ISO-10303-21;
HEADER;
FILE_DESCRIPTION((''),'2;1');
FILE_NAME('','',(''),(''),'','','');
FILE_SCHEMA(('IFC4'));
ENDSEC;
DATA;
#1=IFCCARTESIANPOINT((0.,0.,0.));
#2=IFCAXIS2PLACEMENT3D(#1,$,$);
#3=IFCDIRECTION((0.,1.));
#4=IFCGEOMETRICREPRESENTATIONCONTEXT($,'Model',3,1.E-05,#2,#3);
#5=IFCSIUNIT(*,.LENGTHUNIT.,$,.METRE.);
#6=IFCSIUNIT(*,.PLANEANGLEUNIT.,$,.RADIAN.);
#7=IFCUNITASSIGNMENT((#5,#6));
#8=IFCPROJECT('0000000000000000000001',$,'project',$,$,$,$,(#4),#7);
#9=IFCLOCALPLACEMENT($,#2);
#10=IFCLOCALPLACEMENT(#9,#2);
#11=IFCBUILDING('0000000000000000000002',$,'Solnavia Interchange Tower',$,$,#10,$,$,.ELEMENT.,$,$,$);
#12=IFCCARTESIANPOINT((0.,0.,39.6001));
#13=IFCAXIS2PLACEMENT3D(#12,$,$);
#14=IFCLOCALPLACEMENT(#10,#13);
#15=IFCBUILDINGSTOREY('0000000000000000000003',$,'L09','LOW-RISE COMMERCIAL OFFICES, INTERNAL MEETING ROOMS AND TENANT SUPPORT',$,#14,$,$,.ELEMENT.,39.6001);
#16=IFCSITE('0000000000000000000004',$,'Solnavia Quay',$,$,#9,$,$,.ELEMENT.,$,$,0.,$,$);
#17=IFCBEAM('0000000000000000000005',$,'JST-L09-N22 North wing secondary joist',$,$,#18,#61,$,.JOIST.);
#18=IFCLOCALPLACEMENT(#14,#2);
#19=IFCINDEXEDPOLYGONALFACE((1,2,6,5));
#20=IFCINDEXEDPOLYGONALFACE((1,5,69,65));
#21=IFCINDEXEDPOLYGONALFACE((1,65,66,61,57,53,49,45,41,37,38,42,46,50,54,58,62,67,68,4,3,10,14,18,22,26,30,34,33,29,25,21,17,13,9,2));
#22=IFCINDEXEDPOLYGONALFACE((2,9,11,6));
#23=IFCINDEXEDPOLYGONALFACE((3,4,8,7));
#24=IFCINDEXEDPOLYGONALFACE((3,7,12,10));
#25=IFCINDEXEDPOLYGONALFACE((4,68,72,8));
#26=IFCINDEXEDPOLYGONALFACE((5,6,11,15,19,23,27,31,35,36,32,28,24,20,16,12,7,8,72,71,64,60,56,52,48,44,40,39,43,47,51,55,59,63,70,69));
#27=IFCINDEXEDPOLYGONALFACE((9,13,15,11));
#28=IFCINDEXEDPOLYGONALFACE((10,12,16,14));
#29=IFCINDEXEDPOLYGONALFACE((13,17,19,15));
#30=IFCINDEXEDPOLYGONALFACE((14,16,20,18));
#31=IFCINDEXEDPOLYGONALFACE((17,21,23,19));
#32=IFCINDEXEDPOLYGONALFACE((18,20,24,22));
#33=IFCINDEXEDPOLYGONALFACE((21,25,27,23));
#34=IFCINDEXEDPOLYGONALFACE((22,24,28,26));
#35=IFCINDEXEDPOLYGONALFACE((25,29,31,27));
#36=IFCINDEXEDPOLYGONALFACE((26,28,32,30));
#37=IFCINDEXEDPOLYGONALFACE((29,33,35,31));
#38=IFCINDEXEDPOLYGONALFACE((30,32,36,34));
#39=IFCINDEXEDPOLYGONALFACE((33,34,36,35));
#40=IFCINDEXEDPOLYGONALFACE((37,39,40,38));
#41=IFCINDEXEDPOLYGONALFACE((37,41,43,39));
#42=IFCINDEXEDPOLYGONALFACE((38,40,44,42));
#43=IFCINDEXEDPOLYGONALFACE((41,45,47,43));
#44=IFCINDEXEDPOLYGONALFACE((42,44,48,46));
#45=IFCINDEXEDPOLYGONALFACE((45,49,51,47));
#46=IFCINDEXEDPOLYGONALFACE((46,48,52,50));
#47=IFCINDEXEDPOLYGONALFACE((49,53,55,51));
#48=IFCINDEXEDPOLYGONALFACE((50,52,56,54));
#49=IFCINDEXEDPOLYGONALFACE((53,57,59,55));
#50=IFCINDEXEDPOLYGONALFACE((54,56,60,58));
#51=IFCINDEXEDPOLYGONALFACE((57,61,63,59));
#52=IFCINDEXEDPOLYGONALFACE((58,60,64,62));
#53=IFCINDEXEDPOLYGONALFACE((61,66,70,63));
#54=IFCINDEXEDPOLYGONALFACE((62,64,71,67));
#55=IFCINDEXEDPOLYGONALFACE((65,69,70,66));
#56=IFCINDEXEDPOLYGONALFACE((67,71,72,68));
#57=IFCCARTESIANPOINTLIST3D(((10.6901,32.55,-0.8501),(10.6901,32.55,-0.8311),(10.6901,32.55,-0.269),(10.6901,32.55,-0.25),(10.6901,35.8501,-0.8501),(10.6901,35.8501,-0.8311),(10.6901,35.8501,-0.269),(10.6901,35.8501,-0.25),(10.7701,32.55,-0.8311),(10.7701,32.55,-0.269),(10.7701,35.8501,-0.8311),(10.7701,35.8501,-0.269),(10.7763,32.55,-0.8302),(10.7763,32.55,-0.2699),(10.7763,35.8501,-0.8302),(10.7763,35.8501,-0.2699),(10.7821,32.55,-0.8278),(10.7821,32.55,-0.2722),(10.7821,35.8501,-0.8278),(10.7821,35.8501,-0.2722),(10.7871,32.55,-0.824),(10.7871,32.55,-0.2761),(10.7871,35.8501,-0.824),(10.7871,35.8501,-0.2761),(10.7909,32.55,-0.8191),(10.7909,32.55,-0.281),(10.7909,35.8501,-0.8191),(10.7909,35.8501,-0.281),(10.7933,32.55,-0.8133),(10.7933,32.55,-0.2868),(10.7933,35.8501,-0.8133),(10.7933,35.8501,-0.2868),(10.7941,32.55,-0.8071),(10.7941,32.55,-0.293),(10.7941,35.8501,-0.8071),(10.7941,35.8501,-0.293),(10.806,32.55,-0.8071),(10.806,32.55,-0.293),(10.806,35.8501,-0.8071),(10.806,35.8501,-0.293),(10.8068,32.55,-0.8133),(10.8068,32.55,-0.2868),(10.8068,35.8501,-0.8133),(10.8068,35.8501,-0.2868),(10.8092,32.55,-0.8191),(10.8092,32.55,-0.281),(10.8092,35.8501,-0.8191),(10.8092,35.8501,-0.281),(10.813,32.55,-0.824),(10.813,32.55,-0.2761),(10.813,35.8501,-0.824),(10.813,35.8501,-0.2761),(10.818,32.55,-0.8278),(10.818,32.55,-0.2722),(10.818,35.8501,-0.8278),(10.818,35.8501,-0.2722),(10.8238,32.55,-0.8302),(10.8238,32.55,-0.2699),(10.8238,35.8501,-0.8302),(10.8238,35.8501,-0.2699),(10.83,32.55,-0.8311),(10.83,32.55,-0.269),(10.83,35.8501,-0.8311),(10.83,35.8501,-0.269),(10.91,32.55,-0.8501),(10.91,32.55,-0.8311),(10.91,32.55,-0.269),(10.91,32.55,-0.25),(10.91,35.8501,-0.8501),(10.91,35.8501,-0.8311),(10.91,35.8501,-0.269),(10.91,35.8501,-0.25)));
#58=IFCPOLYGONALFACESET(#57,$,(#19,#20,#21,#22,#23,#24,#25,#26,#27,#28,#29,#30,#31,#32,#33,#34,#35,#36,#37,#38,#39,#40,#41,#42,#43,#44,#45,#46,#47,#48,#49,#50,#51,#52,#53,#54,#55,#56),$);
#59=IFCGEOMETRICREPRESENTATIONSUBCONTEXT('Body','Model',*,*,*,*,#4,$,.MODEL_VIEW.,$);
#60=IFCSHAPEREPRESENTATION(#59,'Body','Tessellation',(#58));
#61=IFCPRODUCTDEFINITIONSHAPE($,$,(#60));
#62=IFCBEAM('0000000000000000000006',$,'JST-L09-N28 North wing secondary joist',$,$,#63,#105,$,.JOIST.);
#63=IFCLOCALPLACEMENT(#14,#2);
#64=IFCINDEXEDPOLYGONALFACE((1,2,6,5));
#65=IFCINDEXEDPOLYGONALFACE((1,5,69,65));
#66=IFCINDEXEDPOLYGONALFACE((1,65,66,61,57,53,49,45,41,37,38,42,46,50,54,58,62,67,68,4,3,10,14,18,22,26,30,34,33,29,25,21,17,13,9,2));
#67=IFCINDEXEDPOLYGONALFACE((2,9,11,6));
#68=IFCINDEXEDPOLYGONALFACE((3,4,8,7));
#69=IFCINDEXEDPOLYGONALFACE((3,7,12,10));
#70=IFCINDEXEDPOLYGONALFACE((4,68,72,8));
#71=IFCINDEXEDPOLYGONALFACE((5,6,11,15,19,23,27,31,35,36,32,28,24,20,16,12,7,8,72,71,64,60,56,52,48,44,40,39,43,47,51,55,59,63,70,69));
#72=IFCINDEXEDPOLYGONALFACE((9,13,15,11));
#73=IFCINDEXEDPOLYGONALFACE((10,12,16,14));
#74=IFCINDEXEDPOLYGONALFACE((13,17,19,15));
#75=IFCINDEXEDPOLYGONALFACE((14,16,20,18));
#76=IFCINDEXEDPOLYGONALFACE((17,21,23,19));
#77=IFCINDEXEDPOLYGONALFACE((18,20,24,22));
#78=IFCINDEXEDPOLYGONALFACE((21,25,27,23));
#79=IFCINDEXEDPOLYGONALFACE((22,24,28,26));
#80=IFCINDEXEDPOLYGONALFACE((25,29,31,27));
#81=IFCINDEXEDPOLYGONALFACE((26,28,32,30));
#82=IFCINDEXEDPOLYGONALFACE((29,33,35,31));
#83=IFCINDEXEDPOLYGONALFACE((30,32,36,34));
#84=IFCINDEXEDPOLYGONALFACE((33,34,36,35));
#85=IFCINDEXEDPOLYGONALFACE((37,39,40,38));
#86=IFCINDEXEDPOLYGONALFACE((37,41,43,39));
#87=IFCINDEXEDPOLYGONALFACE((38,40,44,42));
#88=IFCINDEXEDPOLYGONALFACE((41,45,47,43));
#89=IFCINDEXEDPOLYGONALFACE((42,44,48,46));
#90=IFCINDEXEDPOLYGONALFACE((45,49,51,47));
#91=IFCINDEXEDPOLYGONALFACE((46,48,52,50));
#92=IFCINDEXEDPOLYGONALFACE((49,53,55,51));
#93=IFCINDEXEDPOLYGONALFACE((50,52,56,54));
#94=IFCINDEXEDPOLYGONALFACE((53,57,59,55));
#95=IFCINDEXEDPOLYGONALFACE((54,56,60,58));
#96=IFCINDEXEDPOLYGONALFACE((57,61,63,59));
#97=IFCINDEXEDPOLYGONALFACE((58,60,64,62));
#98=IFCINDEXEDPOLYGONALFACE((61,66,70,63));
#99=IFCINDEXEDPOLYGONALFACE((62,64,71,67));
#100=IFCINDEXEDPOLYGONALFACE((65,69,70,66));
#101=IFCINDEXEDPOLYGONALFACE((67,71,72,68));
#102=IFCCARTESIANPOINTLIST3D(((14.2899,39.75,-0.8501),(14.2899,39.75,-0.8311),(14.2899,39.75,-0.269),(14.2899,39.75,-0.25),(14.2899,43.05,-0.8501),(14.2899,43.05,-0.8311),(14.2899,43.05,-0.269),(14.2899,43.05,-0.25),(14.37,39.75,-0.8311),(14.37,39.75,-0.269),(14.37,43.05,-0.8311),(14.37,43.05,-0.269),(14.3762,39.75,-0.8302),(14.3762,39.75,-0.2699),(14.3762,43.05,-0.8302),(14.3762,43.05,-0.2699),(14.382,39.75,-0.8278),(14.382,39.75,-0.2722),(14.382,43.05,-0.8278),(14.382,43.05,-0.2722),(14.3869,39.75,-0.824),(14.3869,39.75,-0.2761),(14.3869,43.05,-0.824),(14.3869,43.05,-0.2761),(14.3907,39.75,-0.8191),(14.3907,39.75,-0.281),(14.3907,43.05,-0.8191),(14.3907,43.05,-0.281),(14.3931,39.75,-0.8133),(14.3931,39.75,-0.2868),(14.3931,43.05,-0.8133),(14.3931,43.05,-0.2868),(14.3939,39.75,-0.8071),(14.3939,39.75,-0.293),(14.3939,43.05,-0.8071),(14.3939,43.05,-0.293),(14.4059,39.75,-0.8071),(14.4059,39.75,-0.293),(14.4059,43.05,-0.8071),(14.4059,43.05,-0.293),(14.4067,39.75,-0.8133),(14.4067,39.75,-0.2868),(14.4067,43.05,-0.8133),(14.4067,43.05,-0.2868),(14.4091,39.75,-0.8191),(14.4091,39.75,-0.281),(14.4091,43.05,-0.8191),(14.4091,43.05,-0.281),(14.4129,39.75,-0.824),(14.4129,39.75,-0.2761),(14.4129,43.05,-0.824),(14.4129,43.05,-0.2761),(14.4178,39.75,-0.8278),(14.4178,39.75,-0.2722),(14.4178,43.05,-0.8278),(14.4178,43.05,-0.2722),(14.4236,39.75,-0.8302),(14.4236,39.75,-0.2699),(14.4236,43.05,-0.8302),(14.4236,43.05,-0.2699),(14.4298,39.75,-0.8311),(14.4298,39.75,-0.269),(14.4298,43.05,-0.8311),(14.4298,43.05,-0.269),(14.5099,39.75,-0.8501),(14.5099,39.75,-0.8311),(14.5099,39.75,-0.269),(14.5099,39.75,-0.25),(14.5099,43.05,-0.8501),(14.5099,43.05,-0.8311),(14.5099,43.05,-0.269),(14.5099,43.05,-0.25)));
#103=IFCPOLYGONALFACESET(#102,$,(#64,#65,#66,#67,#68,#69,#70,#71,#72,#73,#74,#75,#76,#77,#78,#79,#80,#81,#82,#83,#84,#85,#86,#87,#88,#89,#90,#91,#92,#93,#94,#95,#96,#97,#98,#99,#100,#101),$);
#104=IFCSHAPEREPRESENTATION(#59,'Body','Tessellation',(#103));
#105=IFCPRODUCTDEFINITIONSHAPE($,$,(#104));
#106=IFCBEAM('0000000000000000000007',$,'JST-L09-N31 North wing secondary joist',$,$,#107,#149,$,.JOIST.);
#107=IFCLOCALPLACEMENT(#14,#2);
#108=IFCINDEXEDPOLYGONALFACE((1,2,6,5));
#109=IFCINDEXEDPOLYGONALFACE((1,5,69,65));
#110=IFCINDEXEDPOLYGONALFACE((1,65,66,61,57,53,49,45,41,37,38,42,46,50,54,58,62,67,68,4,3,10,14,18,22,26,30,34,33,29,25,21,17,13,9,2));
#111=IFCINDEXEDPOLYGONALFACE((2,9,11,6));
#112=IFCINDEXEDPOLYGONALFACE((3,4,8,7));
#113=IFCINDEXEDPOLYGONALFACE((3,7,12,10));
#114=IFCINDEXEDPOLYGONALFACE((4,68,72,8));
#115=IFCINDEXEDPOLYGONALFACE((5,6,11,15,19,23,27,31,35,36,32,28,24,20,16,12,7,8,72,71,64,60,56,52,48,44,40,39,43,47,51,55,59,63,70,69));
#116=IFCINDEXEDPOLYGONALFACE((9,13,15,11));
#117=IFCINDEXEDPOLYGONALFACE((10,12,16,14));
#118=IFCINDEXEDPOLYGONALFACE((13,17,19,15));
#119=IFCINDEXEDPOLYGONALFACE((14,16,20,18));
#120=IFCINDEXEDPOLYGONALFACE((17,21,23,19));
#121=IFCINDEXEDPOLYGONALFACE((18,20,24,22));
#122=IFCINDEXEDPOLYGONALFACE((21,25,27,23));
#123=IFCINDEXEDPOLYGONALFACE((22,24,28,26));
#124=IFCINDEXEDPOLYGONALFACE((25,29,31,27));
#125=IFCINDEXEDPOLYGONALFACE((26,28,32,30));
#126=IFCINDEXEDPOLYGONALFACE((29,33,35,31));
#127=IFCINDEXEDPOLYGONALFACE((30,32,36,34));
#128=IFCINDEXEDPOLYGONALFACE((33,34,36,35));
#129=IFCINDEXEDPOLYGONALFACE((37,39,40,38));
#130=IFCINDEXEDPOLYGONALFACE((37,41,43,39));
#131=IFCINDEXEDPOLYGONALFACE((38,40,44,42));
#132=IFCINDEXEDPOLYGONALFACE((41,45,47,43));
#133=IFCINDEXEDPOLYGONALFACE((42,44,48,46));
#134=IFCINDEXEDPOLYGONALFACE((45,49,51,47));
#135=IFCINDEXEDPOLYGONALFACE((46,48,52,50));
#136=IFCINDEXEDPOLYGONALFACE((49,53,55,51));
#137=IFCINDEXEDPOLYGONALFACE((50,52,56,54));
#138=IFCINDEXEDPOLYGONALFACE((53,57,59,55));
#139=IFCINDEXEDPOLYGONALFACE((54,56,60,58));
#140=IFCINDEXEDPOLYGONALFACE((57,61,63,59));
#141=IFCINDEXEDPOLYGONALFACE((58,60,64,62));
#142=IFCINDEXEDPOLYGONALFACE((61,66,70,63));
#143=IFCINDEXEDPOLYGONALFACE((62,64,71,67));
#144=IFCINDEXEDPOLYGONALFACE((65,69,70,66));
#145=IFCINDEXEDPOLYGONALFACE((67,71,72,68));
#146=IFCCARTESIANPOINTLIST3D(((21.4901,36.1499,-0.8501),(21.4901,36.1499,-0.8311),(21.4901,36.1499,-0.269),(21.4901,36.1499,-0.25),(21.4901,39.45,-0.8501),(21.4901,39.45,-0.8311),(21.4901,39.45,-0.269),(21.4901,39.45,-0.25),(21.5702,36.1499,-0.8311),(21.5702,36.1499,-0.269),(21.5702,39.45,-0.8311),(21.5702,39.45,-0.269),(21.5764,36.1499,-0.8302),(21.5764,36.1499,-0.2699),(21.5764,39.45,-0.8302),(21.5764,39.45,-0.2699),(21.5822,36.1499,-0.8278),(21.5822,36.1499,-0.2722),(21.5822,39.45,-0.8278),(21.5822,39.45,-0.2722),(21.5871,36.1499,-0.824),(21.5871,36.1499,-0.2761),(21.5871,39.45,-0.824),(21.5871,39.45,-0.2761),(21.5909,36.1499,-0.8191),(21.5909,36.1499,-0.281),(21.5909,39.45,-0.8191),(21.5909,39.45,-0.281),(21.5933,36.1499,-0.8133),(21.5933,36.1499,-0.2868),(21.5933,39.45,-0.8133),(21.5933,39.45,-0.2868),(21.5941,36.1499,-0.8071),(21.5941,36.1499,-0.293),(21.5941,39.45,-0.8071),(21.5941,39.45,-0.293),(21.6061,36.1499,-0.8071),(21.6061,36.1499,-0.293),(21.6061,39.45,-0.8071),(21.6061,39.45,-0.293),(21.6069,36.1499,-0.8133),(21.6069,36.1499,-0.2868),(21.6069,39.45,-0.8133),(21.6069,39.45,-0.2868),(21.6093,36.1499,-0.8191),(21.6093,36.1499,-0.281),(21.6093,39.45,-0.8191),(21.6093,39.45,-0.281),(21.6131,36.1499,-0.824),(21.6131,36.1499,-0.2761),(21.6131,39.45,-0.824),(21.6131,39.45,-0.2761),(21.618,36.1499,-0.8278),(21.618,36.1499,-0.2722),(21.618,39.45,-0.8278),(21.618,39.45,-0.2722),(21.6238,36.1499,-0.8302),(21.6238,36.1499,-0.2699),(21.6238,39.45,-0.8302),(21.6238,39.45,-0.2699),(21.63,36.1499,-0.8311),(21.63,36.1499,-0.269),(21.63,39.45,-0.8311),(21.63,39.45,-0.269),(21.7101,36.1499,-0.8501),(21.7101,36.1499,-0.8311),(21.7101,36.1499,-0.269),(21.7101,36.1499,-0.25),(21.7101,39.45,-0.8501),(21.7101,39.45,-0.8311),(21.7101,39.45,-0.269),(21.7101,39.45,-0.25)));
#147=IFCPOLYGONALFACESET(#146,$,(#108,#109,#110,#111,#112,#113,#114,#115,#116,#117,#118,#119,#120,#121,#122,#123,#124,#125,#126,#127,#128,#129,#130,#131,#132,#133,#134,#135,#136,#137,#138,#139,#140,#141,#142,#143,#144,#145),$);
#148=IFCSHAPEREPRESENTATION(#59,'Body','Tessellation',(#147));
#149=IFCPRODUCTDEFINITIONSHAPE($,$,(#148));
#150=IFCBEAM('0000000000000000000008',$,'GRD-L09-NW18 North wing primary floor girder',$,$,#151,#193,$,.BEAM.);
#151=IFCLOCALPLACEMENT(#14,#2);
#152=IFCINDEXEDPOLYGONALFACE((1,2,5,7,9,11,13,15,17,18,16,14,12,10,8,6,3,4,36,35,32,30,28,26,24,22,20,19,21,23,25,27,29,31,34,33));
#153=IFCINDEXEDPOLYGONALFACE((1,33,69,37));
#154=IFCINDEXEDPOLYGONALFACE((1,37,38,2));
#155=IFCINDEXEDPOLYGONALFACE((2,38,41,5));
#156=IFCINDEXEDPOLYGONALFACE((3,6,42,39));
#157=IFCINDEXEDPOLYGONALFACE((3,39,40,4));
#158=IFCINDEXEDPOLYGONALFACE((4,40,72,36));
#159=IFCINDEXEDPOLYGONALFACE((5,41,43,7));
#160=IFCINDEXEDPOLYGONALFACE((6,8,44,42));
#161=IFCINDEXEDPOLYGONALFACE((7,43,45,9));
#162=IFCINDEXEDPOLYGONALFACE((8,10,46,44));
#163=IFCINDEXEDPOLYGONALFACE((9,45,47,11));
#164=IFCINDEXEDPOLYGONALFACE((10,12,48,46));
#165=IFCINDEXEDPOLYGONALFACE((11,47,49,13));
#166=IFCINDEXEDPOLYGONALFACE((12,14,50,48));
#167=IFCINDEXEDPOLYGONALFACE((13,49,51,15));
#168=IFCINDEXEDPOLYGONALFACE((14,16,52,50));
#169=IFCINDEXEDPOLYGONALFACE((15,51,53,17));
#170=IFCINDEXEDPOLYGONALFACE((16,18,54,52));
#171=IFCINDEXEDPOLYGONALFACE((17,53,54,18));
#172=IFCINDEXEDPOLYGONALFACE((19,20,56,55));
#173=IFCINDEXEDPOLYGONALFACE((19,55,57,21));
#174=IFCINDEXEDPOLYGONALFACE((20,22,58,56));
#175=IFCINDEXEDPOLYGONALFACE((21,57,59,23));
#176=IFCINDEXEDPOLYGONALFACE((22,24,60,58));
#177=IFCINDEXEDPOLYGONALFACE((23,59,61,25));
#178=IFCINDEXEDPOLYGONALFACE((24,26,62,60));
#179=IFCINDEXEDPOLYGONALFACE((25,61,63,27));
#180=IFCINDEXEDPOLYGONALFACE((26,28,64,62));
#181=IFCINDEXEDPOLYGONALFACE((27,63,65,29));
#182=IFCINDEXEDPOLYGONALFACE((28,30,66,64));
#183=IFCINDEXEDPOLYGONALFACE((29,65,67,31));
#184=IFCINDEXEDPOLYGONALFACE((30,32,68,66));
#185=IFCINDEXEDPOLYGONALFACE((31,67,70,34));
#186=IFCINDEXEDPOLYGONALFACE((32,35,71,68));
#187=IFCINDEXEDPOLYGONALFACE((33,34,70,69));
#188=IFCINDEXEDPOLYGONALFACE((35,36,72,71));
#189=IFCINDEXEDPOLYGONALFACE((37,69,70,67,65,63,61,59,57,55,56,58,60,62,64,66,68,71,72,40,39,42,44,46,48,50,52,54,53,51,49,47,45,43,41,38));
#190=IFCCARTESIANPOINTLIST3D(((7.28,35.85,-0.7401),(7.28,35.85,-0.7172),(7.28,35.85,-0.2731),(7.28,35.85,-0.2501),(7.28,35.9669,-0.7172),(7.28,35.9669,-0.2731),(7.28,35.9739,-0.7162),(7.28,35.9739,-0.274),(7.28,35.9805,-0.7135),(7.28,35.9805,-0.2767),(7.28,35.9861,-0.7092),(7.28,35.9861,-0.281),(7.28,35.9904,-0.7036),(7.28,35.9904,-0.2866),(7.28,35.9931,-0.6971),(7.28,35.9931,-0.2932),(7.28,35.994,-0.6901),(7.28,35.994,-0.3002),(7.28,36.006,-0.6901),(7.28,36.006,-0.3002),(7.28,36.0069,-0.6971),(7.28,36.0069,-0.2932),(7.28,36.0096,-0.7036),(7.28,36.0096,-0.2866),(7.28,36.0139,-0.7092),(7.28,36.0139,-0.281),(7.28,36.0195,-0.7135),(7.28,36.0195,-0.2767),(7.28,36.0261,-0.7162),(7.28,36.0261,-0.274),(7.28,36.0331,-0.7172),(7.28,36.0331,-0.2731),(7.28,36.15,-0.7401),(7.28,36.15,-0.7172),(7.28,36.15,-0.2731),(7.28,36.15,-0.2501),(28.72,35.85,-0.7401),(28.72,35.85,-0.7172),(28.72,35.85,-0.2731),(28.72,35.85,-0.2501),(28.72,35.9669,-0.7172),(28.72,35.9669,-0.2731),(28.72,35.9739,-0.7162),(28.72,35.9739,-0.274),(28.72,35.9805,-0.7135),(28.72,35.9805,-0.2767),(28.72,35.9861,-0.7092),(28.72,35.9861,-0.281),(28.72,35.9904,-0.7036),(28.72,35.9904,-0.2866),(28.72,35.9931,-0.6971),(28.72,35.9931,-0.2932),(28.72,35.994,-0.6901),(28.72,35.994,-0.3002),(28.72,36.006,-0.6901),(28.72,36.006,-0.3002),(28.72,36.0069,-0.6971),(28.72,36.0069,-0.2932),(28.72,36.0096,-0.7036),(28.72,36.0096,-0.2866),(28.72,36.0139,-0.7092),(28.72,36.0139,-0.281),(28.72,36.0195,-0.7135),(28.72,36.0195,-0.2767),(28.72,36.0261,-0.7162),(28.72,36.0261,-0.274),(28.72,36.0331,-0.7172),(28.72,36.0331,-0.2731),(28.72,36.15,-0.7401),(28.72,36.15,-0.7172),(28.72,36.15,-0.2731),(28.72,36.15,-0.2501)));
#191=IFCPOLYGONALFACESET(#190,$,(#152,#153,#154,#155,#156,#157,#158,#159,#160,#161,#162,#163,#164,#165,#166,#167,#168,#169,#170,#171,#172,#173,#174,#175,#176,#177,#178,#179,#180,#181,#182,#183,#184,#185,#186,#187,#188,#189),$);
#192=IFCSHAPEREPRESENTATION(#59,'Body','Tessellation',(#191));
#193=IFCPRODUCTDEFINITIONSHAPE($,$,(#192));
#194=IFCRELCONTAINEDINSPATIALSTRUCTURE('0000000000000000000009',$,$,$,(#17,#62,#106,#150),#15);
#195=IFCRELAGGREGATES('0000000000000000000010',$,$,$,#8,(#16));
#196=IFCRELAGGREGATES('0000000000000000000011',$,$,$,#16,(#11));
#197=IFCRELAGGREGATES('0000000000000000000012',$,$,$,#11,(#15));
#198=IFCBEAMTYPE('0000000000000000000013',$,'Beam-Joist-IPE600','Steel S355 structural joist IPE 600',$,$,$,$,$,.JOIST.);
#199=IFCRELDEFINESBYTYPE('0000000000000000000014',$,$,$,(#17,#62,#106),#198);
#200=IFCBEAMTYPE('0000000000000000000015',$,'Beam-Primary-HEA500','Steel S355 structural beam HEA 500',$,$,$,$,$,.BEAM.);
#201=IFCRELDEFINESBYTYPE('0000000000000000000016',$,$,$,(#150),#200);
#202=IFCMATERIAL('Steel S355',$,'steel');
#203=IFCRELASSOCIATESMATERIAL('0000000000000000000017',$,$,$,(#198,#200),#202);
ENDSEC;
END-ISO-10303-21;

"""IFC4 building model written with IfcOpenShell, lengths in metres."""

from ifc_helpers import new_model, si_unit, direction, frame, origin, origin_2d, place, context, subcontext, project, spatial, i_section, extrude, material, material_profile, profile_set, type_object, element, save


model = new_model("IFC4")

# Units and contexts
model_context = context("Model", 3, precision=1e-05, world=origin(), true_north=direction((0.0, 1.0)))
body_context = subcontext(model_context, "Body", "Model", "MODEL_VIEW")
ifc_project = project(units=[si_unit("LENGTHUNIT", "METRE"), si_unit("PLANEANGLEUNIT", "RADIAN")], contexts=[model_context])

# Site, building, storey
site_placement = place(None, origin())
site = spatial("IfcSite", under=ifc_project, at=site_placement, Name="Solnavia Quay", CompositionType="ELEMENT", RefElevation=0.0)
building_placement = place(site_placement, origin())
building = spatial("IfcBuilding", under=site, at=building_placement, Name="Solnavia Interchange Tower", CompositionType="ELEMENT")
storey_placement = place(building_placement, frame((0.0, 0.0, 39.6001)))
storey = spatial("IfcBuildingStorey", under=building, at=storey_placement, Name="L09", Description="LOW-RISE COMMERCIAL OFFICES, INTERNAL MEETING ROOMS AND TENANT SUPPORT", CompositionType="ELEMENT", Elevation=39.6001)

# Shared definitions
ifc_material_1 = material(Name="Steel S355", Category="steel")

# Beams
ifc_material_profile_1 = material_profile(ifc_material_1, i_section(OverallWidth=0.22, OverallDepth=0.6001, WebThickness=0.012, FlangeThickness=0.019, FilletRadius=0.0239, at=origin_2d()), Name="IPE 600")
ifc_profile_set_1 = profile_set([ifc_material_profile_1], Name="Steel S355")
beam_type_1 = type_object("IfcBeamType", Name="Beam-Joist-IPE600", Description="Steel S355 structural joist IPE 600", PredefinedType="JOIST", material=ifc_profile_set_1)
for number, where, z_axis, x_axis, name in (
    (1, (10.8, 32.55, -0.55), (0.0, 1.0, 0.0), (-1.0, 0.0, 0.0), "JST-L09-N22 North wing secondary joist"),
    (2, (14.3999, 39.75, -0.55), (0.0, 1.0, 0.0), (-1.0, 0.0, 0.0), "JST-L09-N28 North wing secondary joist"),
    (3, (21.6001, 36.1499, -0.55), (0.0, 1.0, 0.0), (-1.0, 0.0, 0.0), "JST-L09-N31 North wing secondary joist"),
):
    element("IfcBeam", number, at=place(storey_placement, frame(where, z_axis=z_axis, x_axis=x_axis)), inside=storey, type_object=beam_type_1, Name=name, PredefinedType="JOIST", context=body_context, shape_type="SweptSolid", body=[
        extrude(i_section(OverallWidth=0.22, OverallDepth=0.6001, WebThickness=0.012, FlangeThickness=0.019, FilletRadius=0.0239, at=origin_2d()), origin(), (0.0, 0.0, 1.0), 3.3),
    ])
ifc_material_profile_2 = material_profile(ifc_material_1, i_section(OverallWidth=0.3, OverallDepth=0.49, WebThickness=0.012, FlangeThickness=0.0229, FilletRadius=0.0271, at=origin_2d()), Name="HEA 500")
ifc_profile_set_2 = profile_set([ifc_material_profile_2], Name="Steel S355")
beam_type_2 = type_object("IfcBeamType", Name="Beam-Primary-HEA500", Description="Steel S355 structural beam HEA 500", PredefinedType="BEAM", material=ifc_profile_set_2)
beam_1_placement = place(storey_placement, frame((7.28, 36.0, -0.4951), z_axis=(1.0, 0.0, 0.0), x_axis=(0.0, 1.0, 0.0)))
element("IfcBeam", 4, at=beam_1_placement, inside=storey, type_object=beam_type_2, Name="GRD-L09-NW18 North wing primary floor girder", PredefinedType="BEAM", context=body_context, shape_type="SweptSolid", body=[
    extrude(i_section(OverallWidth=0.3, OverallDepth=0.49, WebThickness=0.012, FlangeThickness=0.0229, FilletRadius=0.0271, at=origin_2d()), origin(), (0.0, 0.0, 1.0), 21.4399),
])

save(model, "model.ifc")
